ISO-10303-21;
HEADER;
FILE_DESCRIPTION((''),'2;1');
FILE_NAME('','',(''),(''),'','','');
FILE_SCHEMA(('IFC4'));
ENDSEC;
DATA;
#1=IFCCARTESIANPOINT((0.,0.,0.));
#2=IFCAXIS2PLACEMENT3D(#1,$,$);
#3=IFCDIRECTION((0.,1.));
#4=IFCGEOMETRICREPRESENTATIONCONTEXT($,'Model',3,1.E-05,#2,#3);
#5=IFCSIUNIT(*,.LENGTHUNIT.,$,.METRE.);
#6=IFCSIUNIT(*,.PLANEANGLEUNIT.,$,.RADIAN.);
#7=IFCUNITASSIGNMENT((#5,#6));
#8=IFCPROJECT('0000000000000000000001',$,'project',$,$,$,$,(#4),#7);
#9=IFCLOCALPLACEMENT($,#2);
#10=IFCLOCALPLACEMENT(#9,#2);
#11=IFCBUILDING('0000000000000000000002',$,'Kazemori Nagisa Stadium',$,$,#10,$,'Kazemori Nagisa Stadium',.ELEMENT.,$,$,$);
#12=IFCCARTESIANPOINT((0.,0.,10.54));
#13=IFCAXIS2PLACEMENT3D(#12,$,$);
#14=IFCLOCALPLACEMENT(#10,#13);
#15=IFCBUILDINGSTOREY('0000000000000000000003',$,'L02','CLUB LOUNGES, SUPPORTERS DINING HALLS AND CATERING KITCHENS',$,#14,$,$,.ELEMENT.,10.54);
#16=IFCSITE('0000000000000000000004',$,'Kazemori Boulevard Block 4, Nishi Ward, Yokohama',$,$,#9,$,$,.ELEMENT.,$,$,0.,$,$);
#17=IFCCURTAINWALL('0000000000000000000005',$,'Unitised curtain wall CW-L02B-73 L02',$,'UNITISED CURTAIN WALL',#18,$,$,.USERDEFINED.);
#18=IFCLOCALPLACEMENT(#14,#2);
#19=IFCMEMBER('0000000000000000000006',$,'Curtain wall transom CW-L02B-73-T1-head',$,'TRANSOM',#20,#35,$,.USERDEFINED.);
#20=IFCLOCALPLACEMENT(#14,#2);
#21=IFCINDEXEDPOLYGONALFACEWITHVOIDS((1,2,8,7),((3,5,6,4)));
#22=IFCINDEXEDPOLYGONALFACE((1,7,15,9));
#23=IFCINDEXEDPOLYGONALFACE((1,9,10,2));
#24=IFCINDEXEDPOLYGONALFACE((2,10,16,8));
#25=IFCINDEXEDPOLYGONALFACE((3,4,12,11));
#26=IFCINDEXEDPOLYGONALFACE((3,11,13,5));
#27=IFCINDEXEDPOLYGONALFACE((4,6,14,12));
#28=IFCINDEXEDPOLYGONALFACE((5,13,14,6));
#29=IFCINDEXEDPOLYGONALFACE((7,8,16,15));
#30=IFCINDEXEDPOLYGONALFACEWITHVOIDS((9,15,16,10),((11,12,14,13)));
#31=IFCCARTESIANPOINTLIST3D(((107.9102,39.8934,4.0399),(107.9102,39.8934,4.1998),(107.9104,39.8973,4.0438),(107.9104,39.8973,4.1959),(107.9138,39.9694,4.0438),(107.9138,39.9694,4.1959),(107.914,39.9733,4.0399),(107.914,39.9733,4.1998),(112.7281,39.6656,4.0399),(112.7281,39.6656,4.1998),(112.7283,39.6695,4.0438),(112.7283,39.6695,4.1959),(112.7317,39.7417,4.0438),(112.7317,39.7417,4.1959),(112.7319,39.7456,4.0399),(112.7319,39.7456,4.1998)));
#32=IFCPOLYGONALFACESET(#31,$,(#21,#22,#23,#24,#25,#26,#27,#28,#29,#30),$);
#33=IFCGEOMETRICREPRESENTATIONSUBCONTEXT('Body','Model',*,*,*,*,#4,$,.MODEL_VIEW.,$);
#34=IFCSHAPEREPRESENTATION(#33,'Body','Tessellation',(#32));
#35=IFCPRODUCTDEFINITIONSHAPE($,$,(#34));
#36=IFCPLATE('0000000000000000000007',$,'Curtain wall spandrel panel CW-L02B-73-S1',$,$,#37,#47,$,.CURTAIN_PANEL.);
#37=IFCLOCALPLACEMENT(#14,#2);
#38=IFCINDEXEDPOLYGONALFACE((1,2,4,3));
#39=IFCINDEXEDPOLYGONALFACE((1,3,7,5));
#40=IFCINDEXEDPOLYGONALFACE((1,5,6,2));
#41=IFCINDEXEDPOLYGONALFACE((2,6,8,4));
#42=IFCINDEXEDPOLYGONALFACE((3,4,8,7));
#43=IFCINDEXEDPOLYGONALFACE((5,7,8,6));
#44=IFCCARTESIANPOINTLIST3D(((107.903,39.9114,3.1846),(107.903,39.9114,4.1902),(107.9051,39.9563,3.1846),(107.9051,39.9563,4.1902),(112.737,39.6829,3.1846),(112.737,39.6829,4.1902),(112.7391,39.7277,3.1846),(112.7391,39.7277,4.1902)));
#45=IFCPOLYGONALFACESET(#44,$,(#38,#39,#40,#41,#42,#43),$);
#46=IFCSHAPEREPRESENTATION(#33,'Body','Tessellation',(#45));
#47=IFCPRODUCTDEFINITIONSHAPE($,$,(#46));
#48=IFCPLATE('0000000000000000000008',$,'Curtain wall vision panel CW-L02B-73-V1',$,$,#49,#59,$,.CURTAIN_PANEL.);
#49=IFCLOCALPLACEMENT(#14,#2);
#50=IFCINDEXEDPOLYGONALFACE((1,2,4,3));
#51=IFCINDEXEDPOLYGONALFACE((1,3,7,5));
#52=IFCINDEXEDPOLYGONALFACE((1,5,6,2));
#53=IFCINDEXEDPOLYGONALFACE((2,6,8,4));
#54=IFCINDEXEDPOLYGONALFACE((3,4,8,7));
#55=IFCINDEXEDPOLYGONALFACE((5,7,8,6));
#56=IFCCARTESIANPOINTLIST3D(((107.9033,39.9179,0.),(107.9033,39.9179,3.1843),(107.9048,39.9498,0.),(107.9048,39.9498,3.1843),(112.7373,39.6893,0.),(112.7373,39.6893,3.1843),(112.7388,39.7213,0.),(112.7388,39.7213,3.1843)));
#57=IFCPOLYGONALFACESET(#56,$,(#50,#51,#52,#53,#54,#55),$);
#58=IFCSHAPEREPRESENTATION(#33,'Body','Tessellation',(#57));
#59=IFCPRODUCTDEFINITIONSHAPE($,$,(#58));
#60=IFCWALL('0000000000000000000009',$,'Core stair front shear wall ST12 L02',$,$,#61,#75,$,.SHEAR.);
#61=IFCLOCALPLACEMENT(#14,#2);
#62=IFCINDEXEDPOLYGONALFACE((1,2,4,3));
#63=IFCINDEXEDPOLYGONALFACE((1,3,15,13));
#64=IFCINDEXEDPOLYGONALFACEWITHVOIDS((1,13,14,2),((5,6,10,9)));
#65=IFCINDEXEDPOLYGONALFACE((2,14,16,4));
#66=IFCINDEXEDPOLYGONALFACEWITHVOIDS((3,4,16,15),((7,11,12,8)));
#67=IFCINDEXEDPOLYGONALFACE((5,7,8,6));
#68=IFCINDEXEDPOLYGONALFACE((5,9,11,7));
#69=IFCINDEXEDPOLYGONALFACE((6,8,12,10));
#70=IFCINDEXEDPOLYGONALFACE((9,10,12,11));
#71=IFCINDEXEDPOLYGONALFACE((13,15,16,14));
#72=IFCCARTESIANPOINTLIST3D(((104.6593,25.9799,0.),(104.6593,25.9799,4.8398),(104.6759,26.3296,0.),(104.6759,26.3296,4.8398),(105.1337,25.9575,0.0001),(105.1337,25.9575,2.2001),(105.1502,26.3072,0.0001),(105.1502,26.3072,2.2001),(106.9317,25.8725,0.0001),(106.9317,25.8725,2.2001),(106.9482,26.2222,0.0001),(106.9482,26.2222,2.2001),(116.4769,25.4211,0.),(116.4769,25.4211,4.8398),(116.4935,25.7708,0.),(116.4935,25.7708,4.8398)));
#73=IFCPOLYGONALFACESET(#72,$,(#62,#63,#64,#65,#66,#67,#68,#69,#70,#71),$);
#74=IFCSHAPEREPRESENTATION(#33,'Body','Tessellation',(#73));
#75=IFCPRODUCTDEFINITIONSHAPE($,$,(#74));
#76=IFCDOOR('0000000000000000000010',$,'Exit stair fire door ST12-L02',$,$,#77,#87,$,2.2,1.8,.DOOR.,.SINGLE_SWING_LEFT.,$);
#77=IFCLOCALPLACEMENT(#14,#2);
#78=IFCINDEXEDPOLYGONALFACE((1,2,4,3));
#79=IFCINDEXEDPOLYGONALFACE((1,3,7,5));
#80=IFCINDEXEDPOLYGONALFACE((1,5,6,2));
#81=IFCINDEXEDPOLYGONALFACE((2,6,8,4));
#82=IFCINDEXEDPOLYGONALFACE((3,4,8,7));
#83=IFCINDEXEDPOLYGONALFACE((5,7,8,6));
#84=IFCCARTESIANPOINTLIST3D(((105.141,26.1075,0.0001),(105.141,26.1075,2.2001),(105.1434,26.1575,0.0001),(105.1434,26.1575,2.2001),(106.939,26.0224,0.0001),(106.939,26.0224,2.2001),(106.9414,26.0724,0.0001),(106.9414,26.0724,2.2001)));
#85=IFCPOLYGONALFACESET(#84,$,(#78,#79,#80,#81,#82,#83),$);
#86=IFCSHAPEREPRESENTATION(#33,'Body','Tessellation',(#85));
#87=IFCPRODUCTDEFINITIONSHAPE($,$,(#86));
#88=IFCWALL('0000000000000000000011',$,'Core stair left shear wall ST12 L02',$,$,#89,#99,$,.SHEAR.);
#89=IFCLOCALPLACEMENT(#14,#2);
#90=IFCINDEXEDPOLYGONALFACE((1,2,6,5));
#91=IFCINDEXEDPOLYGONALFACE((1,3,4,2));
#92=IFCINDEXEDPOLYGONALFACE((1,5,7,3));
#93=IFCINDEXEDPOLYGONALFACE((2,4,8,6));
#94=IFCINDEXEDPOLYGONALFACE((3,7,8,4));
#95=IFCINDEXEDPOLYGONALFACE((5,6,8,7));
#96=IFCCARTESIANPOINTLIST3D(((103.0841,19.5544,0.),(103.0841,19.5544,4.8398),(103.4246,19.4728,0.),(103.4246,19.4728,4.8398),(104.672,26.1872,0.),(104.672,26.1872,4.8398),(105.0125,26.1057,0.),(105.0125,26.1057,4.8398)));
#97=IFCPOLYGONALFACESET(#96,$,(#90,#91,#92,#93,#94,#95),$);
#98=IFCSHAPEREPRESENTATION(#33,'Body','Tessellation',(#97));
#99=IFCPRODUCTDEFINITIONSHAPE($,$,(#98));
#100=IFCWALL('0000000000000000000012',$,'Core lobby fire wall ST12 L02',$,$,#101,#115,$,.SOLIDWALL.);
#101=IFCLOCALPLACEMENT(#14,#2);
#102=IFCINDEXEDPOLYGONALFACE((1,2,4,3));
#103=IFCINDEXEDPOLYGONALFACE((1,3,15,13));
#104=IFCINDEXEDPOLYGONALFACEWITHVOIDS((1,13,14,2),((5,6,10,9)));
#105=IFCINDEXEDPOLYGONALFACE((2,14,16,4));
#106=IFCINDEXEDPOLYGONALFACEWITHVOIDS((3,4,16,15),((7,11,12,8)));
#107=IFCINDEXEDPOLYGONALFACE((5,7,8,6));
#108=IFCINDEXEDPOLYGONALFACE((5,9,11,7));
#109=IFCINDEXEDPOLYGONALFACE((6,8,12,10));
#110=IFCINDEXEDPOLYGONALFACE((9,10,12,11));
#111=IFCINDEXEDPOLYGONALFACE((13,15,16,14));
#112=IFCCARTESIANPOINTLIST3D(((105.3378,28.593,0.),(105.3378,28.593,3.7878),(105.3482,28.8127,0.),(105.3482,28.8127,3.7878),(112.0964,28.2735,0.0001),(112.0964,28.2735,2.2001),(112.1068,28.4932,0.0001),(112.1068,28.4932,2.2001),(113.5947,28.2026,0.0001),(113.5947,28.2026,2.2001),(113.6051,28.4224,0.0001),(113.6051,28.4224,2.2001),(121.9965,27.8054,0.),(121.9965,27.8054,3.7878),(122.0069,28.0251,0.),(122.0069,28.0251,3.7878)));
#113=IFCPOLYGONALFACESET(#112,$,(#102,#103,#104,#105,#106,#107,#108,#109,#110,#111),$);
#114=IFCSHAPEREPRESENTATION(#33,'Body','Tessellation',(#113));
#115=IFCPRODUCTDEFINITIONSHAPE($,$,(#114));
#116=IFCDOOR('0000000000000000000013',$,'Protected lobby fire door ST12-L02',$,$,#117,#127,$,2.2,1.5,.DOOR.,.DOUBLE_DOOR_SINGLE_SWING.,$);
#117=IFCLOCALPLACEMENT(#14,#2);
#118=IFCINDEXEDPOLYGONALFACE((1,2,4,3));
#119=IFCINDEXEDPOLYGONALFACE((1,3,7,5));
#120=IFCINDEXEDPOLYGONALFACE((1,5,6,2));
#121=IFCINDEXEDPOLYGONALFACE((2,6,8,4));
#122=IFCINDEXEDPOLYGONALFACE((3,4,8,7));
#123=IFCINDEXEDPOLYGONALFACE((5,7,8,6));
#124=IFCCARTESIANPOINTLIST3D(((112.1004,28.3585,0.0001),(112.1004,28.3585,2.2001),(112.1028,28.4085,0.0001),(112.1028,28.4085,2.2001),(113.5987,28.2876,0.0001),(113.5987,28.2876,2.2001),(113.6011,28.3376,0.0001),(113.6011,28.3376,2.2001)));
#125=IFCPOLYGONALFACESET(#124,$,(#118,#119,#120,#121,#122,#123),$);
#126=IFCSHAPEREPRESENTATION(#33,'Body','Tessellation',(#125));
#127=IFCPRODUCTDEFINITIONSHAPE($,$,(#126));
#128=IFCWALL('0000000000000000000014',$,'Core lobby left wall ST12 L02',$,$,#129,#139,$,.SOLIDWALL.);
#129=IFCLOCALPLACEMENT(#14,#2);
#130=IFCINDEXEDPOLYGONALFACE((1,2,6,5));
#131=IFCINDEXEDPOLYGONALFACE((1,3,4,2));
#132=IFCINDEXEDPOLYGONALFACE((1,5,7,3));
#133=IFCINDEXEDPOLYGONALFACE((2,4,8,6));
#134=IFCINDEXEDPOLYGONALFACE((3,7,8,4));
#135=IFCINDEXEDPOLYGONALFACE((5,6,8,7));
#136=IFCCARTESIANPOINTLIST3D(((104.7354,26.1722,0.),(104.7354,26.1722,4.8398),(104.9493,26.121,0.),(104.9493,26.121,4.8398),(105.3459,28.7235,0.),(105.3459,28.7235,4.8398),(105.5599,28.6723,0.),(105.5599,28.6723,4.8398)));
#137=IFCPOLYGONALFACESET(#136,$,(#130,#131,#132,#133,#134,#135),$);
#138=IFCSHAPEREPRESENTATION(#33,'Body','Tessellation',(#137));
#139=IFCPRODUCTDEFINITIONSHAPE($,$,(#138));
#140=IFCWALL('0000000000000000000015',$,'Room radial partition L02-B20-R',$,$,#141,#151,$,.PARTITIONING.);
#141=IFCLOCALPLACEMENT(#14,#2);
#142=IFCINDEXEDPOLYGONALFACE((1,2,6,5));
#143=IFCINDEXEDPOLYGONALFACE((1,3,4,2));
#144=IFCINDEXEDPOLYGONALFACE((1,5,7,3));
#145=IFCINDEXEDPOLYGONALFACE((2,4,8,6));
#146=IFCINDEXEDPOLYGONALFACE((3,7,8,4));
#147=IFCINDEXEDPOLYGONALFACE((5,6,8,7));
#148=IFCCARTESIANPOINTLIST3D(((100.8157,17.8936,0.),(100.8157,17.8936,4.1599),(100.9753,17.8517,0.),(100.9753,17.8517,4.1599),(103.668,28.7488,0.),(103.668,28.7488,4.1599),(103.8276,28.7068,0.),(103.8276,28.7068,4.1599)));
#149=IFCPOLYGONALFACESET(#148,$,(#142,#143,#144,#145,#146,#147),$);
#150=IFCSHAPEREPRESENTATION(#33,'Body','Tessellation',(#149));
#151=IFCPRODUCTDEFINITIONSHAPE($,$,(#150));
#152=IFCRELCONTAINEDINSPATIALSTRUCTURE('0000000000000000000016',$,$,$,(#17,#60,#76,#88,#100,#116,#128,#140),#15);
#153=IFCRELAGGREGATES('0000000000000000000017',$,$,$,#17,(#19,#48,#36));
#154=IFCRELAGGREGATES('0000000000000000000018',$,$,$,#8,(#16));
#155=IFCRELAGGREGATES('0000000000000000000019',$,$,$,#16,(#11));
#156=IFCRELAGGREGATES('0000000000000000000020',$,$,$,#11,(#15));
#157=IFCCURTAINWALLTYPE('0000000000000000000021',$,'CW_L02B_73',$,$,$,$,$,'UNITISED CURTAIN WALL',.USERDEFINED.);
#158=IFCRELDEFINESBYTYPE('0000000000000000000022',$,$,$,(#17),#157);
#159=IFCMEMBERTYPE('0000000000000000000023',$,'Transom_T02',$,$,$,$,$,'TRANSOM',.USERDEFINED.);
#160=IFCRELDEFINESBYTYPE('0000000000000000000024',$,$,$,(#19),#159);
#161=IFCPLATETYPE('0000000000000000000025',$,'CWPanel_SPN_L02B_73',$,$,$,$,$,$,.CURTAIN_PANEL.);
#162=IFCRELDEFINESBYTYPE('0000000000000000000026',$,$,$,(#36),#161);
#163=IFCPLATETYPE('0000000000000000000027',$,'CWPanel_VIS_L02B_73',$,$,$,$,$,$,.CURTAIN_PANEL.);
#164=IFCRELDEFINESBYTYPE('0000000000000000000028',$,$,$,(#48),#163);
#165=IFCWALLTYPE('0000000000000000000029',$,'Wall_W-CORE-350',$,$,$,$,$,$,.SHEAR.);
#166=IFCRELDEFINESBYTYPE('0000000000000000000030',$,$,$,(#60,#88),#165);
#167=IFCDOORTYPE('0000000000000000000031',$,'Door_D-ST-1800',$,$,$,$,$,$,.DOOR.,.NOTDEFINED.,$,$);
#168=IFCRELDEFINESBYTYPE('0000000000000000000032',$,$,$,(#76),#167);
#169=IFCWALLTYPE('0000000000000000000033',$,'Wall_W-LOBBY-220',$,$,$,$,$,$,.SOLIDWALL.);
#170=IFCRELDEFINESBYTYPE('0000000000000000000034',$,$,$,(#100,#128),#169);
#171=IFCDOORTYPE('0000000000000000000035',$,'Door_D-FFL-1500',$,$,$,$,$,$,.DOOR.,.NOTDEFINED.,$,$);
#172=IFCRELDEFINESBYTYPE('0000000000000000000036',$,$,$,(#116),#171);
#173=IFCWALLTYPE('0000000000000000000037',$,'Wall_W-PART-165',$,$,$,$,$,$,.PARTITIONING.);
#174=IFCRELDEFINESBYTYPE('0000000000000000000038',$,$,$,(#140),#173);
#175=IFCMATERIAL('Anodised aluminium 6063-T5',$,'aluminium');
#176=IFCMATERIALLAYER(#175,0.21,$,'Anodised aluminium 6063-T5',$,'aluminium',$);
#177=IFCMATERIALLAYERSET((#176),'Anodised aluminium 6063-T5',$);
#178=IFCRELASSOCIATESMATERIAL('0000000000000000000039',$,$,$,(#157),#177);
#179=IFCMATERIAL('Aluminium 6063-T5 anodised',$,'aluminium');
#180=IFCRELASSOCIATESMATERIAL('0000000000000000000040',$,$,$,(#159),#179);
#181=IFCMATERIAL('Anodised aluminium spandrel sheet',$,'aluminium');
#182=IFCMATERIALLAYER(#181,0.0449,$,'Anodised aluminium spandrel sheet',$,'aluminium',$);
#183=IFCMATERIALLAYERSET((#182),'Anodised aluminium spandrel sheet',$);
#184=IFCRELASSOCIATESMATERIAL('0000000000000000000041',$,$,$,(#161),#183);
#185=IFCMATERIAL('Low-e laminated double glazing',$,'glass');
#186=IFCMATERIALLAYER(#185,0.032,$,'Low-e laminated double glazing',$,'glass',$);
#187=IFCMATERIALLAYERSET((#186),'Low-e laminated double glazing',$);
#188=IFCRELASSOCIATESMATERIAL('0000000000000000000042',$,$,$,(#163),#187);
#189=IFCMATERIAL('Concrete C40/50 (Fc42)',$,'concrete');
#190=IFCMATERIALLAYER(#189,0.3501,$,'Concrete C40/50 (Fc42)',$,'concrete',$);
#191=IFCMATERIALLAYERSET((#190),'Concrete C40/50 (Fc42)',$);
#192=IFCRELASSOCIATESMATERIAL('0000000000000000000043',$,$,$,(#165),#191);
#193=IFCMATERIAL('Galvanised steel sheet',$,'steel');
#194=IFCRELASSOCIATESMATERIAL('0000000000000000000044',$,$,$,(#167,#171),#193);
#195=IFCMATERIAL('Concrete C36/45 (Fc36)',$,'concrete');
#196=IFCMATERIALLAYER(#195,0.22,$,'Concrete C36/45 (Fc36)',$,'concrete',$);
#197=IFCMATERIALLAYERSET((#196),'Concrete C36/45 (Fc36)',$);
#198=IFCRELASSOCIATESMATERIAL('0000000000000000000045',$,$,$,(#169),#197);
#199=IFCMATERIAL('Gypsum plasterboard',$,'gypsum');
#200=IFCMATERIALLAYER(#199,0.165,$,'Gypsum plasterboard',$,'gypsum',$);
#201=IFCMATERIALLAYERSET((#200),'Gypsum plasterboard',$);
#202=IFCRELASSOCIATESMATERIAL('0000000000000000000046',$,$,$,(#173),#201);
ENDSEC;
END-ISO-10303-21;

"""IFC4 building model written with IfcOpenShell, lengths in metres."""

from ifc_helpers import new_model, si_unit, direction, frame, frame_2d, origin, origin_2d, place, context, subcontext, project, spatial, rectangle, hollow_rectangle, extrude, material, layer, layer_set, material_profile, profile_set, type_object, element, fill, aggregate, save


model = new_model("IFC4")

# Units and contexts
model_context = context("Model", 3, precision=1e-05, world=origin(), true_north=direction((0.0, 1.0)))
body_context = subcontext(model_context, "Body", "Model", "MODEL_VIEW")
ifc_project = project(units=[si_unit("LENGTHUNIT", "METRE"), si_unit("PLANEANGLEUNIT", "RADIAN")], contexts=[model_context])

# Site, building, storey
site_placement = place(None, origin())
site = spatial("IfcSite", under=ifc_project, at=site_placement, Name="Kazemori Boulevard Block 4, Nishi Ward, Yokohama", CompositionType="ELEMENT", RefElevation=0.0)
building_placement = place(site_placement, origin())
building = spatial("IfcBuilding", under=site, at=building_placement, Name="Kazemori Nagisa Stadium", LongName="Kazemori Nagisa Stadium", CompositionType="ELEMENT")
storey_placement = place(building_placement, frame((0.0, 0.0, 10.54)))
storey = spatial("IfcBuildingStorey", under=building, at=storey_placement, Name="L02", Description="CLUB LOUNGES, SUPPORTERS DINING HALLS AND CATERING KITCHENS", CompositionType="ELEMENT", Elevation=10.54)

# Shared definitions
ifc_material_1 = material(Name="Concrete C40/50 (Fc42)", Category="concrete")

# Shared definitions
ifc_material_2 = material(Name="Anodised aluminium 6063-T5", Category="aluminium")
ifc_material_3 = material(Name="Aluminium 6063-T5 anodised", Category="aluminium")

# Curtain wall, member, plates
ifc_layer_1 = layer(ifc_material_2, 0.21, Name="Anodised aluminium 6063-T5", Category="aluminium")
ifc_layer_set_1 = layer_set([ifc_layer_1], Name="Anodised aluminium 6063-T5")
curtain_wall_type_1 = type_object("IfcCurtainWallType", Name="CW_L02B_73", ElementType="UNITISED CURTAIN WALL", PredefinedType="USERDEFINED", material=ifc_layer_set_1)
curtain_wall_1_placement = place(storey_placement, origin())
curtain_wall_1 = element("IfcCurtainWall", 1, at=curtain_wall_1_placement, inside=storey, type_object=curtain_wall_type_1, Name="Unitised curtain wall CW-L02B-73 L02", ObjectType="UNITISED CURTAIN WALL", PredefinedType="USERDEFINED")
ifc_material_profile_1 = material_profile(ifc_material_3, hollow_rectangle(XDim=0.0801, YDim=0.1599, WallThickness=0.0039, at=origin_2d()), Name="ALU-TRAN-80x160x4")
ifc_profile_set_1 = profile_set([ifc_material_profile_1], Name="Aluminium 6063-T5 anodised")
member_type_1 = type_object("IfcMemberType", Name="Transom_T02", ElementType="TRANSOM", PredefinedType="USERDEFINED", material=ifc_profile_set_1)
member_1_placement = place(storey_placement, frame((107.9121, 39.9333, 4.1199), z_axis=(0.998884, -0.047226, 0.0), x_axis=(0.047226, 0.998884, 0.0)))
member_1 = element("IfcMember", 2, at=member_1_placement, type_object=member_type_1, Name="Curtain wall transom CW-L02B-73-T1-head", ObjectType="TRANSOM", PredefinedType="USERDEFINED", context=body_context, shape_type="SweptSolid", body=[
    extrude(hollow_rectangle(XDim=0.0801, YDim=0.1599, WallThickness=0.0039, at=origin_2d()), origin(), (0.0, 0.0, 1.0), 4.8232),
])
ifc_material_4 = material(Name="Anodised aluminium spandrel sheet", Category="aluminium")
ifc_layer_2 = layer(ifc_material_4, 0.0449, Name="Anodised aluminium spandrel sheet", Category="aluminium")
ifc_layer_set_2 = layer_set([ifc_layer_2], Name="Anodised aluminium spandrel sheet")
plate_type_1 = type_object("IfcPlateType", Name="CWPanel_SPN_L02B_73", PredefinedType="CURTAIN_PANEL", material=ifc_layer_set_2)
plate_1_placement = place(storey_placement, frame((110.321, 39.8196, 3.1846), z_axis=(0.0, 0.0, 1.0), x_axis=(0.998884, -0.04723, 0.0)))
plate_1 = element("IfcPlate", 3, at=plate_1_placement, type_object=plate_type_1, Name="Curtain wall spandrel panel CW-L02B-73-S1", PredefinedType="CURTAIN_PANEL", context=body_context, shape_type="SweptSolid", body=[
    extrude(rectangle(XDim=4.8394, YDim=0.0449, at=origin_2d()), origin(), (0.0, 0.0, 1.0), 1.0056),
])
ifc_material_5 = material(Name="Low-e laminated double glazing", Category="glass")
ifc_layer_3 = layer(ifc_material_5, 0.032, Name="Low-e laminated double glazing", Category="glass")
ifc_layer_set_3 = layer_set([ifc_layer_3], Name="Low-e laminated double glazing")
plate_type_2 = type_object("IfcPlateType", Name="CWPanel_VIS_L02B_73", PredefinedType="CURTAIN_PANEL", material=ifc_layer_set_3)
plate_2_placement = place(storey_placement, frame((110.321, 39.8196, 0.0), z_axis=(0.0, 0.0, 1.0), x_axis=(0.998884, -0.04723, 0.0)))
plate_2 = element("IfcPlate", 4, at=plate_2_placement, type_object=plate_type_2, Name="Curtain wall vision panel CW-L02B-73-V1", PredefinedType="CURTAIN_PANEL", context=body_context, shape_type="SweptSolid", body=[
    extrude(rectangle(XDim=4.8394, YDim=0.032, at=origin_2d()), origin(), (0.0, 0.0, 1.0), 3.1843),
])
aggregate(curtain_wall_1, [member_1, plate_2, plate_1])

# Wall, opening, door
ifc_layer_4 = layer(ifc_material_1, 0.3501, Name="Concrete C40/50 (Fc42)", Category="concrete")
ifc_layer_set_4 = layer_set([ifc_layer_4], Name="Concrete C40/50 (Fc42)")
wall_type_1 = type_object("IfcWallType", Name="Wall_W-CORE-350", PredefinedType="SHEAR", material=ifc_layer_set_4)
wall_1_placement = place(storey_placement, frame((104.6675, 26.1548, 0.0), z_axis=(0.0, 0.0, 1.0), x_axis=(0.998884, -0.047236, 0.0)))
wall_1 = element("IfcWall", 5, at=wall_1_placement, inside=storey, type_object=wall_type_1, Name="Core stair front shear wall ST12 L02", PredefinedType="SHEAR", context=body_context, shape_type="SweptSolid", body=[
    extrude(rectangle(XDim=11.8308, YDim=0.3501, at=frame_2d((5.9155, 0.0))), origin(), (0.0, 0.0, 1.0), 4.8398),
])
opening_1_placement = place(wall_1_placement, frame((0.4751, 0.0, 0.0)))
opening_1 = element("IfcOpeningElement", 6, at=opening_1_placement, cuts=wall_1, PredefinedType="OPENING", context=body_context, shape_type="SweptSolid", body=[
    extrude(rectangle(XDim=1.8, YDim=2.2, at=frame_2d((0.8999, 1.1001))), frame((0.0, 0.1851, 0.0), z_axis=(0.0, -1.0, 0.0), x_axis=(1.0, 0.0, 0.0)), (0.0, 0.0, 1.0), 0.3701),
])
ifc_material_6 = material(Name="Galvanised steel sheet", Category="steel")
door_type_1 = type_object("IfcDoorType", Name="Door_D-ST-1800", OperationType="NOTDEFINED", PredefinedType="DOOR", material=ifc_material_6)
door_1_placement = place(opening_1_placement, frame((1.8, 0.0, 0.0), z_axis=(0.0, 0.0, 1.0), x_axis=(-1.0, 0.0, 0.0)))
door_1 = element("IfcDoor", 7, at=door_1_placement, inside=storey, type_object=door_type_1, Name="Exit stair fire door ST12-L02", OperationType="SINGLE_SWING_LEFT", OverallHeight=2.2, OverallWidth=1.8, PredefinedType="DOOR", context=body_context, shape_type="SweptSolid", body=[
    extrude(rectangle(XDim=1.8, YDim=2.2, at=frame_2d((0.8999, 1.1001))), frame((0.0, 0.0249, 0.0), z_axis=(0.0, -1.0, 0.0), x_axis=(1.0, 0.0, 0.0)), (0.0, 0.0, 1.0), 0.05),
])
fill(opening_1, door_1)

# Wall
wall_2_placement = place(storey_placement, frame((104.8423, 26.1465, 0.0), z_axis=(0.0, 0.0, 1.0), x_axis=(-0.232821, -0.97252, 0.0)))
element("IfcWall", 8, at=wall_2_placement, inside=storey, type_object=wall_type_1, Name="Core stair left shear wall ST12 L02", PredefinedType="SHEAR", context=body_context, shape_type="SweptSolid", body=[
    extrude(rectangle(XDim=6.8203, YDim=0.3501, at=frame_2d((3.4102, 0.0))), origin(), (0.0, 0.0, 1.0), 4.8398),
])

# Wall, opening, door
ifc_material_7 = material(Name="Concrete C36/45 (Fc36)", Category="concrete")
ifc_layer_5 = layer(ifc_material_7, 0.22, Name="Concrete C36/45 (Fc36)", Category="concrete")
ifc_layer_set_5 = layer_set([ifc_layer_5], Name="Concrete C36/45 (Fc36)")
wall_type_2 = type_object("IfcWallType", Name="Wall_W-LOBBY-220", PredefinedType="SOLIDWALL", material=ifc_layer_set_5)
wall_3_placement = place(storey_placement, frame((105.343, 28.7029, 0.0), z_axis=(0.0, 0.0, 1.0), x_axis=(0.998884, -0.047226, 0.0)))
wall_3 = element("IfcWall", 9, at=wall_3_placement, inside=storey, type_object=wall_type_2, Name="Core lobby fire wall ST12 L02", PredefinedType="SOLIDWALL", context=body_context, shape_type="SweptSolid", body=[
    extrude(rectangle(XDim=16.6772, YDim=0.22, at=frame_2d((8.3386, 0.0))), origin(), (0.0, 0.0, 1.0), 3.7878),
])
opening_2_placement = place(wall_3_placement, frame((6.7661, 0.0, 0.0)))
opening_2 = element("IfcOpeningElement", 10, at=opening_2_placement, cuts=wall_3, PredefinedType="OPENING", context=body_context, shape_type="SweptSolid", body=[
    extrude(rectangle(XDim=1.5, YDim=2.2, at=frame_2d((0.75, 1.1001))), frame((0.0, 0.1199, 0.0), z_axis=(0.0, -1.0, 0.0), x_axis=(1.0, 0.0, 0.0)), (0.0, 0.0, 1.0), 0.24),
])
door_type_2 = type_object("IfcDoorType", Name="Door_D-FFL-1500", OperationType="NOTDEFINED", PredefinedType="DOOR", material=ifc_material_6)
door_2_placement = place(opening_2_placement, frame((1.5, 0.0, 0.0), z_axis=(0.0, 0.0, 1.0), x_axis=(-1.0, 0.0, 0.0)))
door_2 = element("IfcDoor", 11, at=door_2_placement, inside=storey, type_object=door_type_2, Name="Protected lobby fire door ST12-L02", OperationType="DOUBLE_DOOR_SINGLE_SWING", OverallHeight=2.2, OverallWidth=1.5, PredefinedType="DOOR", context=body_context, shape_type="SweptSolid", body=[
    extrude(rectangle(XDim=1.5, YDim=2.2, at=frame_2d((0.75, 1.1001))), frame((0.0, 0.0249, 0.0), z_axis=(0.0, -1.0, 0.0), x_axis=(1.0, 0.0, 0.0)), (0.0, 0.0, 1.0), 0.05),
])
fill(opening_2, door_2)

# Walls
wall_4_placement = place(storey_placement, frame((105.4529, 28.6978, 0.0), z_axis=(0.0, 0.0, 1.0), x_axis=(-0.232757, -0.972535, 0.0)))
element("IfcWall", 12, at=wall_4_placement, inside=storey, type_object=wall_type_2, Name="Core lobby left wall ST12 L02", PredefinedType="SOLIDWALL", context=body_context, shape_type="SweptSolid", body=[
    extrude(rectangle(XDim=2.6233, YDim=0.22, at=frame_2d((1.3115, 0.0))), origin(), (0.0, 0.0, 1.0), 4.8398),
])
ifc_material_8 = material(Name="Gypsum plasterboard", Category="gypsum")
ifc_layer_6 = layer(ifc_material_8, 0.165, Name="Gypsum plasterboard", Category="gypsum")
ifc_layer_set_6 = layer_set([ifc_layer_6], Name="Gypsum plasterboard")
wall_type_3 = type_object("IfcWallType", Name="Wall_W-PART-165", PredefinedType="PARTITIONING", material=ifc_layer_set_6)
wall_5_placement = place(storey_placement, frame((103.7478, 28.7278, 0.0), z_axis=(0.0, 0.0, 1.0), x_axis=(-0.254131, -0.96717, 0.0)))
element("IfcWall", 13, at=wall_5_placement, inside=storey, type_object=wall_type_3, Name="Room radial partition L02-B20-R", PredefinedType="PARTITIONING", context=body_context, shape_type="SweptSolid", body=[
    extrude(rectangle(XDim=11.2236, YDim=0.165, at=frame_2d((5.6118, 0.0))), origin(), (0.0, 0.0, 1.0), 4.1599),
])

save(model, "model.ifc")
